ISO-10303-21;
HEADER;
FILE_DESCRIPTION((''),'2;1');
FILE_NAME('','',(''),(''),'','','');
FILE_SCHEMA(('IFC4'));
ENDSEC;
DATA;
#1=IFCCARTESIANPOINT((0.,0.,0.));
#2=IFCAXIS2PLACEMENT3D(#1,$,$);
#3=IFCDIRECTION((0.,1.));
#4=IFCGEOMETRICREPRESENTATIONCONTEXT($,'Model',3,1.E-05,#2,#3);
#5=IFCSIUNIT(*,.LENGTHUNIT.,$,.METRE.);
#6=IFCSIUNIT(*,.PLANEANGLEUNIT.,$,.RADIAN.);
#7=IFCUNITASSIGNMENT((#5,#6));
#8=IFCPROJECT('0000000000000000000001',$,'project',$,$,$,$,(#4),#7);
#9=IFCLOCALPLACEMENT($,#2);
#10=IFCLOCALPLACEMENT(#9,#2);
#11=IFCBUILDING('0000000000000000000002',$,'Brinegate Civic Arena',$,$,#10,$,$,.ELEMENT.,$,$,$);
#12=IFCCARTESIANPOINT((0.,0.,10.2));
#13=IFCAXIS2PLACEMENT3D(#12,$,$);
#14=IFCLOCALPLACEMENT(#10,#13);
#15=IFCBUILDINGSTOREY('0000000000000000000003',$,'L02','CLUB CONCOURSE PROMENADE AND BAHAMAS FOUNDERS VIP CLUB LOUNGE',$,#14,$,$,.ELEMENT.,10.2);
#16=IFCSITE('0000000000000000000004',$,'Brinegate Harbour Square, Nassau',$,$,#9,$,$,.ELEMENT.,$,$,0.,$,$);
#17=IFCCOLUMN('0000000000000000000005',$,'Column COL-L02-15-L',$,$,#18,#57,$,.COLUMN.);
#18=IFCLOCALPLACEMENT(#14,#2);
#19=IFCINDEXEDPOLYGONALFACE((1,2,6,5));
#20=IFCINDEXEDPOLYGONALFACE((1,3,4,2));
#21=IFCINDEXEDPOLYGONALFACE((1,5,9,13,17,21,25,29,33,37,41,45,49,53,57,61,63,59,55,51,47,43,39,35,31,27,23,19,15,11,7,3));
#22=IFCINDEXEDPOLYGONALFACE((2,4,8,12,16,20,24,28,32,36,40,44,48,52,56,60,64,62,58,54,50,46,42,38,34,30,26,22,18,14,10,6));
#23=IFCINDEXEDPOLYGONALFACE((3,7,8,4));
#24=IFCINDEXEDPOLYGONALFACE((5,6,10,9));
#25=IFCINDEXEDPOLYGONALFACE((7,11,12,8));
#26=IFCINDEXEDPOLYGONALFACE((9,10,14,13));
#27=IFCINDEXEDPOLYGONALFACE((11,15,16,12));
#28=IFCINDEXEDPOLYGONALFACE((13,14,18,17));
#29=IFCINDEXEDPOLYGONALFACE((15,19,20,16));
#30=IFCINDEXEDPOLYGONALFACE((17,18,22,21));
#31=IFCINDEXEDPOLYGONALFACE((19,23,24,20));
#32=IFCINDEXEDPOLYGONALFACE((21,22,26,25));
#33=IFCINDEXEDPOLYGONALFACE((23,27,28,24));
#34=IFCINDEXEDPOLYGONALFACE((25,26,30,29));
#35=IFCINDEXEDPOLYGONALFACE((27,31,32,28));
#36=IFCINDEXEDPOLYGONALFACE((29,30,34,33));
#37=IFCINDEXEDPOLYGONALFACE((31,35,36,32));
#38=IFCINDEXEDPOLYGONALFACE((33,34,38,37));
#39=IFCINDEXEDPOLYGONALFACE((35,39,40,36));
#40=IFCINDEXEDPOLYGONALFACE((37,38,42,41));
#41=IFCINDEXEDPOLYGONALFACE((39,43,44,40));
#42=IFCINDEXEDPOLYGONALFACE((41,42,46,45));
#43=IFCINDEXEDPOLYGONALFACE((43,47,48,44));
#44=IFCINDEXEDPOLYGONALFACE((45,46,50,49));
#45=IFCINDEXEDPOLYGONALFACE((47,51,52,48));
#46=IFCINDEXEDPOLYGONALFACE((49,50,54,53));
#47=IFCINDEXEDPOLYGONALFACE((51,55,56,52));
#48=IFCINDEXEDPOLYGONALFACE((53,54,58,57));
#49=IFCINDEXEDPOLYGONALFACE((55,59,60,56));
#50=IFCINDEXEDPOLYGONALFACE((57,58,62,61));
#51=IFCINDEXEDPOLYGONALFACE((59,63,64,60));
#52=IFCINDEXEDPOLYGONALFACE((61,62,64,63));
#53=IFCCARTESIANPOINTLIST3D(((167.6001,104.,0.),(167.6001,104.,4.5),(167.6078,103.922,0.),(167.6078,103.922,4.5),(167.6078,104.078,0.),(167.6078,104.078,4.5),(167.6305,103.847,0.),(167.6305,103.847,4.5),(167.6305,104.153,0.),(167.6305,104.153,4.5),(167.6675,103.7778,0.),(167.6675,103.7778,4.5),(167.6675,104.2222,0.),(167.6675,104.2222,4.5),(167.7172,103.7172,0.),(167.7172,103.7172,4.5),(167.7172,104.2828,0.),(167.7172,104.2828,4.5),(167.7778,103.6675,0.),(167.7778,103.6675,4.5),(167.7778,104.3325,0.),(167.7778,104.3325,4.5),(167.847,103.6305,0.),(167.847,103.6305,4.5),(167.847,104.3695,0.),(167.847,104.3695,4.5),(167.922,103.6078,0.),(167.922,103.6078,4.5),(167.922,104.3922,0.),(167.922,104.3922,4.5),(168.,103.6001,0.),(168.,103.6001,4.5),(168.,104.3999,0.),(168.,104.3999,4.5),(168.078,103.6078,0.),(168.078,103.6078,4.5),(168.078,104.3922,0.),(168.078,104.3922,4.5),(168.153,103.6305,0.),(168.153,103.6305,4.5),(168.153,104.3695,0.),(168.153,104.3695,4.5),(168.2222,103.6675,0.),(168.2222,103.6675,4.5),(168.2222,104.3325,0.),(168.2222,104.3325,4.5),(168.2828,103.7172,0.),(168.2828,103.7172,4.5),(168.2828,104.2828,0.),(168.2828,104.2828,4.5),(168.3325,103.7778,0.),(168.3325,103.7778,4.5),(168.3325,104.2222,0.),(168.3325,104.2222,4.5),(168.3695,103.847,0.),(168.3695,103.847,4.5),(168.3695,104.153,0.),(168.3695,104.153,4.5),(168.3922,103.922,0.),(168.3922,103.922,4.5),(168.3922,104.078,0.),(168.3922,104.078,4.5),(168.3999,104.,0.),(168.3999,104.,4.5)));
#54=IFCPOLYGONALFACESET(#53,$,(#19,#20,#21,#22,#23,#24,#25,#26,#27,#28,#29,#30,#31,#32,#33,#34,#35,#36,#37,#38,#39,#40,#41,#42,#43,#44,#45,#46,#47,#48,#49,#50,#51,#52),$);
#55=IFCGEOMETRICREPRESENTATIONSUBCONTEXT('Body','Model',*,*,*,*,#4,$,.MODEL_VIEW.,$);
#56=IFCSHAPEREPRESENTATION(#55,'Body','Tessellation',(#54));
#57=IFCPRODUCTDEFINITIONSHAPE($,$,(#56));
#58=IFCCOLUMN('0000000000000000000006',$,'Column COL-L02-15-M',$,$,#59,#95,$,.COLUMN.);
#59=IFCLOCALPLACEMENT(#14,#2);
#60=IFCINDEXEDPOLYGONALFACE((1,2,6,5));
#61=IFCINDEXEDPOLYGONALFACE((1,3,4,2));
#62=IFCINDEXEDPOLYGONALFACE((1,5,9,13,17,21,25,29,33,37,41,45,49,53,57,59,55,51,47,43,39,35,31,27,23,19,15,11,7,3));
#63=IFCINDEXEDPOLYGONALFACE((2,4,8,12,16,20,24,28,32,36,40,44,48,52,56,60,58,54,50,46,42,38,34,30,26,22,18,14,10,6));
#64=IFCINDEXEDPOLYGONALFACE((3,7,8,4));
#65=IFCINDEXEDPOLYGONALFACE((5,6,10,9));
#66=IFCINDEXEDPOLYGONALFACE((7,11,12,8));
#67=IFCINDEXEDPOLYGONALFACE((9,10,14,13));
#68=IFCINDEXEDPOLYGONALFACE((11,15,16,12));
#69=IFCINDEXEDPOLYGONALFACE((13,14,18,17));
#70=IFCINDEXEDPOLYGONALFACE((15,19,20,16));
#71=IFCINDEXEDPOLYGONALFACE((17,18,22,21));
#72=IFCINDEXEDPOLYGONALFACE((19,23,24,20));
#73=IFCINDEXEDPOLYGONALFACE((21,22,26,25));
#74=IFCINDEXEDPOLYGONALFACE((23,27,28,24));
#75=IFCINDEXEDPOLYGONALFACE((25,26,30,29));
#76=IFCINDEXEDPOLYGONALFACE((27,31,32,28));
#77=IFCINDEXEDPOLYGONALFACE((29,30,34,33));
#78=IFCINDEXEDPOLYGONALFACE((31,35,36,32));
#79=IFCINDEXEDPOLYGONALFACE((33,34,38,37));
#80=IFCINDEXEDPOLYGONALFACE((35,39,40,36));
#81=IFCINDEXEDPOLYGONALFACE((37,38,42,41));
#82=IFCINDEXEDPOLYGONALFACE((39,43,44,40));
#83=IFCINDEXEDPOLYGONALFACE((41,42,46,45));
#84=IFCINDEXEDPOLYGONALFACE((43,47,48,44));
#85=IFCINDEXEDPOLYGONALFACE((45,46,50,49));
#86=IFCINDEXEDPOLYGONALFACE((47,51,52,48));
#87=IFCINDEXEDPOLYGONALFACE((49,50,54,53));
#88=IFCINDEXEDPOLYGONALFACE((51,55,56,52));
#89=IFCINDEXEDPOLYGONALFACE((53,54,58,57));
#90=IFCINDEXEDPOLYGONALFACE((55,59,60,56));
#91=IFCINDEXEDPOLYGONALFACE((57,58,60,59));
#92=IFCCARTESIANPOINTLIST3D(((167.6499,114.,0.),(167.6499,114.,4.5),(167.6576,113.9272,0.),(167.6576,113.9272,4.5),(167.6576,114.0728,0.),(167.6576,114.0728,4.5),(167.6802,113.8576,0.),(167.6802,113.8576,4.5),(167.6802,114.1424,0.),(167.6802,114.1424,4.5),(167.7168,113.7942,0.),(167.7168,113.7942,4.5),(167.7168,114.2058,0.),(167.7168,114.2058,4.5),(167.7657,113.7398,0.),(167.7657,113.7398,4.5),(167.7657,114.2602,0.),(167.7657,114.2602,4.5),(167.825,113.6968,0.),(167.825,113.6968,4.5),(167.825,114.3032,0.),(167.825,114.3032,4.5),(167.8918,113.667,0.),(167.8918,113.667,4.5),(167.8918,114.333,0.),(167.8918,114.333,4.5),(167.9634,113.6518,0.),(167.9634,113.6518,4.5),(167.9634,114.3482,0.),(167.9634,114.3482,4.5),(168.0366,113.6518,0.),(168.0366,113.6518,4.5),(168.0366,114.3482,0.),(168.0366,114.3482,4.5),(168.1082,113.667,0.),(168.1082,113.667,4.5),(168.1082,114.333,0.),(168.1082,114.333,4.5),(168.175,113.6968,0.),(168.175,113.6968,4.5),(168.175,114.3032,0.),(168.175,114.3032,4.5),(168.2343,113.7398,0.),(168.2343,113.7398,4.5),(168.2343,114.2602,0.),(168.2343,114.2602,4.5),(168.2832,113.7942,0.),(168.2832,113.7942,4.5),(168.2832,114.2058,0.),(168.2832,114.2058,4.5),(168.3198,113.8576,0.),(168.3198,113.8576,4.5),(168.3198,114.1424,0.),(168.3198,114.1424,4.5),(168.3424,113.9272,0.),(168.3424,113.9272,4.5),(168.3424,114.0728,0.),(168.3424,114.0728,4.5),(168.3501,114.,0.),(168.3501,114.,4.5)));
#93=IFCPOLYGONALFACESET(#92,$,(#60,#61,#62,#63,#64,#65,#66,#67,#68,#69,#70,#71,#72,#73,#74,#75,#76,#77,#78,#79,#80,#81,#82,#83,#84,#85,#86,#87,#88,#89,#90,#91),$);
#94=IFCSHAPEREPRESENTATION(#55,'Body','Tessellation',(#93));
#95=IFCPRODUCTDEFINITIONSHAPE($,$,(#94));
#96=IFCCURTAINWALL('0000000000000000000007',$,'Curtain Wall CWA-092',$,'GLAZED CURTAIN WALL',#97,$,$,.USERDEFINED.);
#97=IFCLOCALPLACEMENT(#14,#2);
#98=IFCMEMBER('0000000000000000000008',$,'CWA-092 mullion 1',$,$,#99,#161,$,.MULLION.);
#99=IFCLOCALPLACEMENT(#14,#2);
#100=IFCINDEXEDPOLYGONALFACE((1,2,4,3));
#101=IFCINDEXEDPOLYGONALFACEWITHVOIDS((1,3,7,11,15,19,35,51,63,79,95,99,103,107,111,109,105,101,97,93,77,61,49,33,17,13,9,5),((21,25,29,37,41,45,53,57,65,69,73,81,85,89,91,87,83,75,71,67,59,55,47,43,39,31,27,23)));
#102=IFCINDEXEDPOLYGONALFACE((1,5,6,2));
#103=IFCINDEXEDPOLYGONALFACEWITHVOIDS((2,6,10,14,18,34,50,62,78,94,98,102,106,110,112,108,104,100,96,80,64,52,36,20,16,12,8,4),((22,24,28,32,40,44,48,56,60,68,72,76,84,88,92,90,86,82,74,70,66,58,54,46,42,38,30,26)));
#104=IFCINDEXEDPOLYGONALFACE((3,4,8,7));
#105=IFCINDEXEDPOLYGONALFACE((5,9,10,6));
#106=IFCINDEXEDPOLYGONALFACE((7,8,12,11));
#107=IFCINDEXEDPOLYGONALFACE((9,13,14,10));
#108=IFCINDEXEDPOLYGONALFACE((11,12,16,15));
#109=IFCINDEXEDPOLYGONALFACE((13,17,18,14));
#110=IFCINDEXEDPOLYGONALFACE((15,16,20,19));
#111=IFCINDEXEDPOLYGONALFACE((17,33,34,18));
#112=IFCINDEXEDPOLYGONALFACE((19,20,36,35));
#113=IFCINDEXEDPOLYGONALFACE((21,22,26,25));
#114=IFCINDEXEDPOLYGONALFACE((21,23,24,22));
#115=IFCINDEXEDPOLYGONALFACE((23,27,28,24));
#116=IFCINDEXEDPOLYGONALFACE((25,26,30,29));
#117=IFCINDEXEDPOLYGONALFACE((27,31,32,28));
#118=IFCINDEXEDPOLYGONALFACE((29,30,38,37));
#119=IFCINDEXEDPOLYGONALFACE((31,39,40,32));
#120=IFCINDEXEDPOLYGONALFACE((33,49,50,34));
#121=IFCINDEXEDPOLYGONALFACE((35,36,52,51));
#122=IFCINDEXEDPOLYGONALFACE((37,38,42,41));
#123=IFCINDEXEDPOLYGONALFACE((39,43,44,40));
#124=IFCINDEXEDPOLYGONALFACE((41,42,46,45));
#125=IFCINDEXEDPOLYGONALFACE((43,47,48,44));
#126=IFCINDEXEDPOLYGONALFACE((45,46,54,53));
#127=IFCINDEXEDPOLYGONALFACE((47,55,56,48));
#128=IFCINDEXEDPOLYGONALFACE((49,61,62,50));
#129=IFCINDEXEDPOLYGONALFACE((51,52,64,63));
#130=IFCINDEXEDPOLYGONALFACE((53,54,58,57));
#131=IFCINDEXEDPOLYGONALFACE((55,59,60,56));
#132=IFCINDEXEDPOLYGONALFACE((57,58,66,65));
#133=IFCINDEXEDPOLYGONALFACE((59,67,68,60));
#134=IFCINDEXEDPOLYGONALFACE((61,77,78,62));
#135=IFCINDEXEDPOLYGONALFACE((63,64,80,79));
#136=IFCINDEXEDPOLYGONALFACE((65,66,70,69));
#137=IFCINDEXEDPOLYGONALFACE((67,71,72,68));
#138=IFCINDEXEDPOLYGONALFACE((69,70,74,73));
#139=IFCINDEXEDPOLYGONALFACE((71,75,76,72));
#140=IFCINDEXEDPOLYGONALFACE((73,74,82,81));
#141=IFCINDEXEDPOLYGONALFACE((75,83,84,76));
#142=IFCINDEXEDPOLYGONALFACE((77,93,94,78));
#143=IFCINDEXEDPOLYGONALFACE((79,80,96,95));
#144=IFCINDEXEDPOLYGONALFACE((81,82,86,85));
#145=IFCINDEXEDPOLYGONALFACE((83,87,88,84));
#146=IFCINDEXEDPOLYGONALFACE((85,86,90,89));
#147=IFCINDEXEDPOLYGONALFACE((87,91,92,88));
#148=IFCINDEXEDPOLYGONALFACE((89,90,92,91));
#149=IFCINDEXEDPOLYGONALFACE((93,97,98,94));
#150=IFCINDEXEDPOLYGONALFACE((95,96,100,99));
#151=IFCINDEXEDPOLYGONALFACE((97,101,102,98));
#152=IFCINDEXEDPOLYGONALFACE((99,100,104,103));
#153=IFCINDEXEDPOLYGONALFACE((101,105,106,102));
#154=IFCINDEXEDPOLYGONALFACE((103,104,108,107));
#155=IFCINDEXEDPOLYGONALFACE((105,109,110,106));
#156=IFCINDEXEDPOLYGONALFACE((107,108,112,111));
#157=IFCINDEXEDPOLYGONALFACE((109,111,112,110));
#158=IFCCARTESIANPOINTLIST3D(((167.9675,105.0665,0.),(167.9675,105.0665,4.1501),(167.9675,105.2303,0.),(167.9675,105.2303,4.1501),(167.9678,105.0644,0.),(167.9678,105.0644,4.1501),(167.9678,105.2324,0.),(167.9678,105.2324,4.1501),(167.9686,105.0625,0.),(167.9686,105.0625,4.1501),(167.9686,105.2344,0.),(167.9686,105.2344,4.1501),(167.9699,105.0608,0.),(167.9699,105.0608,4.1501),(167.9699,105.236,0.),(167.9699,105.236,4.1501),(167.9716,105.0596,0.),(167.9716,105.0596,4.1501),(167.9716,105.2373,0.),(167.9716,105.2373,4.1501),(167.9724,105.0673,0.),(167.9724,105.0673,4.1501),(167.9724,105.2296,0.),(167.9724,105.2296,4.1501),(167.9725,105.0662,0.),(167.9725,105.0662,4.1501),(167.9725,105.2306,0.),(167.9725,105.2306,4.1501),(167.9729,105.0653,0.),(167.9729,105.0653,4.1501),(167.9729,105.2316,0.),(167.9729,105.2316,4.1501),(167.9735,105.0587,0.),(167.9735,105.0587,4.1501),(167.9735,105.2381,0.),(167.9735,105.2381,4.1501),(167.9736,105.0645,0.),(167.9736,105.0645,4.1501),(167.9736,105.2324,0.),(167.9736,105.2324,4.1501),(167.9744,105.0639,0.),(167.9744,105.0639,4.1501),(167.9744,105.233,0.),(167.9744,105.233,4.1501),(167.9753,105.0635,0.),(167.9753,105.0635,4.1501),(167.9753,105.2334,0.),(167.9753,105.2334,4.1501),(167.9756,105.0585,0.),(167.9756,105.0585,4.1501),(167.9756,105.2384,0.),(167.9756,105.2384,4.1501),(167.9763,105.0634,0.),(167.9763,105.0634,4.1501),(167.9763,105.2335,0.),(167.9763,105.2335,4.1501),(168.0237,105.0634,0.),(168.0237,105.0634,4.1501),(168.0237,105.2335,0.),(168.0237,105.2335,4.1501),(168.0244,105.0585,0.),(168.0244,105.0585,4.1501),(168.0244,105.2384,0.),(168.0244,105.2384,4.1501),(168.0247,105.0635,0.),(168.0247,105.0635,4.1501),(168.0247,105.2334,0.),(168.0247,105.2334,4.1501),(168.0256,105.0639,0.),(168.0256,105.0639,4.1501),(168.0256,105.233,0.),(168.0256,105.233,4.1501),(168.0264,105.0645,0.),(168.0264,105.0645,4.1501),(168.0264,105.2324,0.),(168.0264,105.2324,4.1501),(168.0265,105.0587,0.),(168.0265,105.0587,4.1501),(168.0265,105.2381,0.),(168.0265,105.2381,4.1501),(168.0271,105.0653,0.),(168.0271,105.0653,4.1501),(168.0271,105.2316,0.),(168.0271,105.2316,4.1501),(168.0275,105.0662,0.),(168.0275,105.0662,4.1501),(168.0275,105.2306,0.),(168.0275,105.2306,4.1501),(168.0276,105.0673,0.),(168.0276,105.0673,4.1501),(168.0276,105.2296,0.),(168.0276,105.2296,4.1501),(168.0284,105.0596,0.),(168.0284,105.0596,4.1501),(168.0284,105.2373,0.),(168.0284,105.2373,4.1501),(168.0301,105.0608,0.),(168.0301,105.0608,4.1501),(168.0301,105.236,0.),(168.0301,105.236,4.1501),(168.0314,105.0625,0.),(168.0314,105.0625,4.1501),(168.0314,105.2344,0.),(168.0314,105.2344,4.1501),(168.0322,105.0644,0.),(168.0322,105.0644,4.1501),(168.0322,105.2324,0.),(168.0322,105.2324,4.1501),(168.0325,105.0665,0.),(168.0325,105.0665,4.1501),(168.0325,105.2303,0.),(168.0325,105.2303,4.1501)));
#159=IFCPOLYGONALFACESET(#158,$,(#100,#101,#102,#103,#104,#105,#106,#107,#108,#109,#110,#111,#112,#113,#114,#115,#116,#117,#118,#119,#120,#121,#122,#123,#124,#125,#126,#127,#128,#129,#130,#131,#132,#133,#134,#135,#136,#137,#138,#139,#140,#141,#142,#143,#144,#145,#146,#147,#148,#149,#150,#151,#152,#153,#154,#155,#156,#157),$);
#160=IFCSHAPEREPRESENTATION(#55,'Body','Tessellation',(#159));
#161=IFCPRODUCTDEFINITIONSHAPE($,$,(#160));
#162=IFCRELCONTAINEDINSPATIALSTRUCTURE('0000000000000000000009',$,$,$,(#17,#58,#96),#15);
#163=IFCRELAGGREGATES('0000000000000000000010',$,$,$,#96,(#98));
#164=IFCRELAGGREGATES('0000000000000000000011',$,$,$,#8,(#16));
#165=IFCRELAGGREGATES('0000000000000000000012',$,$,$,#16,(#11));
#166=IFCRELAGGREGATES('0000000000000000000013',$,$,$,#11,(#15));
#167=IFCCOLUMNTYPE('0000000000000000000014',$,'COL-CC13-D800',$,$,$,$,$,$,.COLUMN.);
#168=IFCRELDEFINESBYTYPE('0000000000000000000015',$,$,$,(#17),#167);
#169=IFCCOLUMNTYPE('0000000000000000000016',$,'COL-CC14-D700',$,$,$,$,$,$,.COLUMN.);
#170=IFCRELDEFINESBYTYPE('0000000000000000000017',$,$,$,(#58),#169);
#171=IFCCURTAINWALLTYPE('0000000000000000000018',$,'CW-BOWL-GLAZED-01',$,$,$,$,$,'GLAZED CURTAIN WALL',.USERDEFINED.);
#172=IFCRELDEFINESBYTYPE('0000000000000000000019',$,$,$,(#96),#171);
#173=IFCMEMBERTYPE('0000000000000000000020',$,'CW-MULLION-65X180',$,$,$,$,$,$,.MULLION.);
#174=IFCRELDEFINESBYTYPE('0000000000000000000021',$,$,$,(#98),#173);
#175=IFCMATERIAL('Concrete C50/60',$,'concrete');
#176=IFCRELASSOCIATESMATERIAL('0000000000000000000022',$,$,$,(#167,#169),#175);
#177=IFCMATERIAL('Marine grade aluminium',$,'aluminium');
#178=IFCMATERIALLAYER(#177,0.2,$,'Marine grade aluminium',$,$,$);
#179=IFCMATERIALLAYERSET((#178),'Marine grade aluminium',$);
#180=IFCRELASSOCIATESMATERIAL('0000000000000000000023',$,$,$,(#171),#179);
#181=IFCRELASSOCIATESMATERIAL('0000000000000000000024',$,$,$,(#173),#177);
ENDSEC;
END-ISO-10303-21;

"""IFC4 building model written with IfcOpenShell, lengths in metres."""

from ifc_helpers import new_model, si_unit, direction, frame, origin, origin_2d, place, context, subcontext, project, spatial, hollow_rectangle, circle, extrude, material, layer, layer_set, material_profile, profile_set, type_object, element, aggregate, save


model = new_model("IFC4")

# Units and contexts
model_context = context("Model", 3, precision=1e-05, world=origin(), true_north=direction((0.0, 1.0)))
body_context = subcontext(model_context, "Body", "Model", "MODEL_VIEW")
ifc_project = project(units=[si_unit("LENGTHUNIT", "METRE"), si_unit("PLANEANGLEUNIT", "RADIAN")], contexts=[model_context])

# Site, building, storey
site_placement = place(None, origin())
site = spatial("IfcSite", under=ifc_project, at=site_placement, Name="Brinegate Harbour Square, Nassau", CompositionType="ELEMENT", RefElevation=0.0)
building_placement = place(site_placement, origin())
building = spatial("IfcBuilding", under=site, at=building_placement, Name="Brinegate Civic Arena", CompositionType="ELEMENT")
storey_placement = place(building_placement, frame((0.0, 0.0, 10.2)))
storey = spatial("IfcBuildingStorey", under=building, at=storey_placement, Name="L02", Description="CLUB CONCOURSE PROMENADE AND BAHAMAS FOUNDERS VIP CLUB LOUNGE", CompositionType="ELEMENT", Elevation=10.2)

# Columns
ifc_material_1 = material(Name="Concrete C50/60", Category="concrete")
ifc_material_profile_1 = material_profile(ifc_material_1, circle(Radius=0.3999, at=origin_2d()), Name="RCD800")
ifc_profile_set_1 = profile_set([ifc_material_profile_1], Name="Concrete C50/60")
column_type_1 = type_object("IfcColumnType", Name="COL-CC13-D800", PredefinedType="COLUMN", material=ifc_profile_set_1)
column_1_placement = place(storey_placement, frame((168.0, 104.0, 0.0), z_axis=(0.0, 0.0, 1.0), x_axis=(1.0, 0.0, 0.0)))
element("IfcColumn", 1, at=column_1_placement, inside=storey, type_object=column_type_1, Name="Column COL-L02-15-L", PredefinedType="COLUMN", context=body_context, shape_type="SweptSolid", body=[
    extrude(circle(Radius=0.3999, at=origin_2d()), origin(), (0.0, 0.0, 1.0), 4.5),
])
ifc_material_profile_2 = material_profile(ifc_material_1, circle(Radius=0.3501, at=origin_2d()), Name="RCD700")
ifc_profile_set_2 = profile_set([ifc_material_profile_2], Name="Concrete C50/60")
column_type_2 = type_object("IfcColumnType", Name="COL-CC14-D700", PredefinedType="COLUMN", material=ifc_profile_set_2)
column_2_placement = place(storey_placement, frame((168.0, 114.0, 0.0), z_axis=(0.0, 0.0, 1.0), x_axis=(1.0, 0.0, 0.0)))
element("IfcColumn", 2, at=column_2_placement, inside=storey, type_object=column_type_2, Name="Column COL-L02-15-M", PredefinedType="COLUMN", context=body_context, shape_type="SweptSolid", body=[
    extrude(circle(Radius=0.3501, at=origin_2d()), origin(), (0.0, 0.0, 1.0), 4.5),
])

# Curtain wall, member
ifc_material_2 = material(Name="Marine grade aluminium", Category="aluminium")
ifc_layer_1 = layer(ifc_material_2, 0.2, Name="Marine grade aluminium")
ifc_layer_set_1 = layer_set([ifc_layer_1], Name="Marine grade aluminium")
curtain_wall_type = type_object("IfcCurtainWallType", Name="CW-BOWL-GLAZED-01", ElementType="GLAZED CURTAIN WALL", PredefinedType="USERDEFINED", material=ifc_layer_set_1)
curtain_wall_1_placement = place(storey_placement, origin())
curtain_wall_1 = element("IfcCurtainWall", 3, at=curtain_wall_1_placement, inside=storey, type_object=curtain_wall_type, Name="Curtain Wall CWA-092", ObjectType="GLAZED CURTAIN WALL", PredefinedType="USERDEFINED")
ifc_material_profile_3 = material_profile(ifc_material_2, hollow_rectangle(XDim=0.0649, YDim=0.1799, WallThickness=0.0049, InnerFilletRadius=0.0039, OuterFilletRadius=0.0081, at=origin_2d()), Name="MUL65X180")
ifc_profile_set_3 = profile_set([ifc_material_profile_3], Name="Marine grade aluminium")
member_type_1 = type_object("IfcMemberType", Name="CW-MULLION-65X180", PredefinedType="MULLION", material=ifc_profile_set_3)
member_1_placement = place(storey_placement, frame((168.0, 105.1484, 0.0), z_axis=(0.0, 0.0, 1.0), x_axis=(-1.0, 0.0, 0.0)))
member_1 = element("IfcMember", 4, at=member_1_placement, type_object=member_type_1, Name="CWA-092 mullion 1", PredefinedType="MULLION", context=body_context, shape_type="SweptSolid", body=[
    extrude(hollow_rectangle(XDim=0.0649, YDim=0.1799, WallThickness=0.0049, InnerFilletRadius=0.0039, OuterFilletRadius=0.0081, at=origin_2d()), origin(), (0.0, 0.0, 1.0), 4.1501),
])

aggregate(curtain_wall_1, [member_1])

save(model, "model.ifc")
